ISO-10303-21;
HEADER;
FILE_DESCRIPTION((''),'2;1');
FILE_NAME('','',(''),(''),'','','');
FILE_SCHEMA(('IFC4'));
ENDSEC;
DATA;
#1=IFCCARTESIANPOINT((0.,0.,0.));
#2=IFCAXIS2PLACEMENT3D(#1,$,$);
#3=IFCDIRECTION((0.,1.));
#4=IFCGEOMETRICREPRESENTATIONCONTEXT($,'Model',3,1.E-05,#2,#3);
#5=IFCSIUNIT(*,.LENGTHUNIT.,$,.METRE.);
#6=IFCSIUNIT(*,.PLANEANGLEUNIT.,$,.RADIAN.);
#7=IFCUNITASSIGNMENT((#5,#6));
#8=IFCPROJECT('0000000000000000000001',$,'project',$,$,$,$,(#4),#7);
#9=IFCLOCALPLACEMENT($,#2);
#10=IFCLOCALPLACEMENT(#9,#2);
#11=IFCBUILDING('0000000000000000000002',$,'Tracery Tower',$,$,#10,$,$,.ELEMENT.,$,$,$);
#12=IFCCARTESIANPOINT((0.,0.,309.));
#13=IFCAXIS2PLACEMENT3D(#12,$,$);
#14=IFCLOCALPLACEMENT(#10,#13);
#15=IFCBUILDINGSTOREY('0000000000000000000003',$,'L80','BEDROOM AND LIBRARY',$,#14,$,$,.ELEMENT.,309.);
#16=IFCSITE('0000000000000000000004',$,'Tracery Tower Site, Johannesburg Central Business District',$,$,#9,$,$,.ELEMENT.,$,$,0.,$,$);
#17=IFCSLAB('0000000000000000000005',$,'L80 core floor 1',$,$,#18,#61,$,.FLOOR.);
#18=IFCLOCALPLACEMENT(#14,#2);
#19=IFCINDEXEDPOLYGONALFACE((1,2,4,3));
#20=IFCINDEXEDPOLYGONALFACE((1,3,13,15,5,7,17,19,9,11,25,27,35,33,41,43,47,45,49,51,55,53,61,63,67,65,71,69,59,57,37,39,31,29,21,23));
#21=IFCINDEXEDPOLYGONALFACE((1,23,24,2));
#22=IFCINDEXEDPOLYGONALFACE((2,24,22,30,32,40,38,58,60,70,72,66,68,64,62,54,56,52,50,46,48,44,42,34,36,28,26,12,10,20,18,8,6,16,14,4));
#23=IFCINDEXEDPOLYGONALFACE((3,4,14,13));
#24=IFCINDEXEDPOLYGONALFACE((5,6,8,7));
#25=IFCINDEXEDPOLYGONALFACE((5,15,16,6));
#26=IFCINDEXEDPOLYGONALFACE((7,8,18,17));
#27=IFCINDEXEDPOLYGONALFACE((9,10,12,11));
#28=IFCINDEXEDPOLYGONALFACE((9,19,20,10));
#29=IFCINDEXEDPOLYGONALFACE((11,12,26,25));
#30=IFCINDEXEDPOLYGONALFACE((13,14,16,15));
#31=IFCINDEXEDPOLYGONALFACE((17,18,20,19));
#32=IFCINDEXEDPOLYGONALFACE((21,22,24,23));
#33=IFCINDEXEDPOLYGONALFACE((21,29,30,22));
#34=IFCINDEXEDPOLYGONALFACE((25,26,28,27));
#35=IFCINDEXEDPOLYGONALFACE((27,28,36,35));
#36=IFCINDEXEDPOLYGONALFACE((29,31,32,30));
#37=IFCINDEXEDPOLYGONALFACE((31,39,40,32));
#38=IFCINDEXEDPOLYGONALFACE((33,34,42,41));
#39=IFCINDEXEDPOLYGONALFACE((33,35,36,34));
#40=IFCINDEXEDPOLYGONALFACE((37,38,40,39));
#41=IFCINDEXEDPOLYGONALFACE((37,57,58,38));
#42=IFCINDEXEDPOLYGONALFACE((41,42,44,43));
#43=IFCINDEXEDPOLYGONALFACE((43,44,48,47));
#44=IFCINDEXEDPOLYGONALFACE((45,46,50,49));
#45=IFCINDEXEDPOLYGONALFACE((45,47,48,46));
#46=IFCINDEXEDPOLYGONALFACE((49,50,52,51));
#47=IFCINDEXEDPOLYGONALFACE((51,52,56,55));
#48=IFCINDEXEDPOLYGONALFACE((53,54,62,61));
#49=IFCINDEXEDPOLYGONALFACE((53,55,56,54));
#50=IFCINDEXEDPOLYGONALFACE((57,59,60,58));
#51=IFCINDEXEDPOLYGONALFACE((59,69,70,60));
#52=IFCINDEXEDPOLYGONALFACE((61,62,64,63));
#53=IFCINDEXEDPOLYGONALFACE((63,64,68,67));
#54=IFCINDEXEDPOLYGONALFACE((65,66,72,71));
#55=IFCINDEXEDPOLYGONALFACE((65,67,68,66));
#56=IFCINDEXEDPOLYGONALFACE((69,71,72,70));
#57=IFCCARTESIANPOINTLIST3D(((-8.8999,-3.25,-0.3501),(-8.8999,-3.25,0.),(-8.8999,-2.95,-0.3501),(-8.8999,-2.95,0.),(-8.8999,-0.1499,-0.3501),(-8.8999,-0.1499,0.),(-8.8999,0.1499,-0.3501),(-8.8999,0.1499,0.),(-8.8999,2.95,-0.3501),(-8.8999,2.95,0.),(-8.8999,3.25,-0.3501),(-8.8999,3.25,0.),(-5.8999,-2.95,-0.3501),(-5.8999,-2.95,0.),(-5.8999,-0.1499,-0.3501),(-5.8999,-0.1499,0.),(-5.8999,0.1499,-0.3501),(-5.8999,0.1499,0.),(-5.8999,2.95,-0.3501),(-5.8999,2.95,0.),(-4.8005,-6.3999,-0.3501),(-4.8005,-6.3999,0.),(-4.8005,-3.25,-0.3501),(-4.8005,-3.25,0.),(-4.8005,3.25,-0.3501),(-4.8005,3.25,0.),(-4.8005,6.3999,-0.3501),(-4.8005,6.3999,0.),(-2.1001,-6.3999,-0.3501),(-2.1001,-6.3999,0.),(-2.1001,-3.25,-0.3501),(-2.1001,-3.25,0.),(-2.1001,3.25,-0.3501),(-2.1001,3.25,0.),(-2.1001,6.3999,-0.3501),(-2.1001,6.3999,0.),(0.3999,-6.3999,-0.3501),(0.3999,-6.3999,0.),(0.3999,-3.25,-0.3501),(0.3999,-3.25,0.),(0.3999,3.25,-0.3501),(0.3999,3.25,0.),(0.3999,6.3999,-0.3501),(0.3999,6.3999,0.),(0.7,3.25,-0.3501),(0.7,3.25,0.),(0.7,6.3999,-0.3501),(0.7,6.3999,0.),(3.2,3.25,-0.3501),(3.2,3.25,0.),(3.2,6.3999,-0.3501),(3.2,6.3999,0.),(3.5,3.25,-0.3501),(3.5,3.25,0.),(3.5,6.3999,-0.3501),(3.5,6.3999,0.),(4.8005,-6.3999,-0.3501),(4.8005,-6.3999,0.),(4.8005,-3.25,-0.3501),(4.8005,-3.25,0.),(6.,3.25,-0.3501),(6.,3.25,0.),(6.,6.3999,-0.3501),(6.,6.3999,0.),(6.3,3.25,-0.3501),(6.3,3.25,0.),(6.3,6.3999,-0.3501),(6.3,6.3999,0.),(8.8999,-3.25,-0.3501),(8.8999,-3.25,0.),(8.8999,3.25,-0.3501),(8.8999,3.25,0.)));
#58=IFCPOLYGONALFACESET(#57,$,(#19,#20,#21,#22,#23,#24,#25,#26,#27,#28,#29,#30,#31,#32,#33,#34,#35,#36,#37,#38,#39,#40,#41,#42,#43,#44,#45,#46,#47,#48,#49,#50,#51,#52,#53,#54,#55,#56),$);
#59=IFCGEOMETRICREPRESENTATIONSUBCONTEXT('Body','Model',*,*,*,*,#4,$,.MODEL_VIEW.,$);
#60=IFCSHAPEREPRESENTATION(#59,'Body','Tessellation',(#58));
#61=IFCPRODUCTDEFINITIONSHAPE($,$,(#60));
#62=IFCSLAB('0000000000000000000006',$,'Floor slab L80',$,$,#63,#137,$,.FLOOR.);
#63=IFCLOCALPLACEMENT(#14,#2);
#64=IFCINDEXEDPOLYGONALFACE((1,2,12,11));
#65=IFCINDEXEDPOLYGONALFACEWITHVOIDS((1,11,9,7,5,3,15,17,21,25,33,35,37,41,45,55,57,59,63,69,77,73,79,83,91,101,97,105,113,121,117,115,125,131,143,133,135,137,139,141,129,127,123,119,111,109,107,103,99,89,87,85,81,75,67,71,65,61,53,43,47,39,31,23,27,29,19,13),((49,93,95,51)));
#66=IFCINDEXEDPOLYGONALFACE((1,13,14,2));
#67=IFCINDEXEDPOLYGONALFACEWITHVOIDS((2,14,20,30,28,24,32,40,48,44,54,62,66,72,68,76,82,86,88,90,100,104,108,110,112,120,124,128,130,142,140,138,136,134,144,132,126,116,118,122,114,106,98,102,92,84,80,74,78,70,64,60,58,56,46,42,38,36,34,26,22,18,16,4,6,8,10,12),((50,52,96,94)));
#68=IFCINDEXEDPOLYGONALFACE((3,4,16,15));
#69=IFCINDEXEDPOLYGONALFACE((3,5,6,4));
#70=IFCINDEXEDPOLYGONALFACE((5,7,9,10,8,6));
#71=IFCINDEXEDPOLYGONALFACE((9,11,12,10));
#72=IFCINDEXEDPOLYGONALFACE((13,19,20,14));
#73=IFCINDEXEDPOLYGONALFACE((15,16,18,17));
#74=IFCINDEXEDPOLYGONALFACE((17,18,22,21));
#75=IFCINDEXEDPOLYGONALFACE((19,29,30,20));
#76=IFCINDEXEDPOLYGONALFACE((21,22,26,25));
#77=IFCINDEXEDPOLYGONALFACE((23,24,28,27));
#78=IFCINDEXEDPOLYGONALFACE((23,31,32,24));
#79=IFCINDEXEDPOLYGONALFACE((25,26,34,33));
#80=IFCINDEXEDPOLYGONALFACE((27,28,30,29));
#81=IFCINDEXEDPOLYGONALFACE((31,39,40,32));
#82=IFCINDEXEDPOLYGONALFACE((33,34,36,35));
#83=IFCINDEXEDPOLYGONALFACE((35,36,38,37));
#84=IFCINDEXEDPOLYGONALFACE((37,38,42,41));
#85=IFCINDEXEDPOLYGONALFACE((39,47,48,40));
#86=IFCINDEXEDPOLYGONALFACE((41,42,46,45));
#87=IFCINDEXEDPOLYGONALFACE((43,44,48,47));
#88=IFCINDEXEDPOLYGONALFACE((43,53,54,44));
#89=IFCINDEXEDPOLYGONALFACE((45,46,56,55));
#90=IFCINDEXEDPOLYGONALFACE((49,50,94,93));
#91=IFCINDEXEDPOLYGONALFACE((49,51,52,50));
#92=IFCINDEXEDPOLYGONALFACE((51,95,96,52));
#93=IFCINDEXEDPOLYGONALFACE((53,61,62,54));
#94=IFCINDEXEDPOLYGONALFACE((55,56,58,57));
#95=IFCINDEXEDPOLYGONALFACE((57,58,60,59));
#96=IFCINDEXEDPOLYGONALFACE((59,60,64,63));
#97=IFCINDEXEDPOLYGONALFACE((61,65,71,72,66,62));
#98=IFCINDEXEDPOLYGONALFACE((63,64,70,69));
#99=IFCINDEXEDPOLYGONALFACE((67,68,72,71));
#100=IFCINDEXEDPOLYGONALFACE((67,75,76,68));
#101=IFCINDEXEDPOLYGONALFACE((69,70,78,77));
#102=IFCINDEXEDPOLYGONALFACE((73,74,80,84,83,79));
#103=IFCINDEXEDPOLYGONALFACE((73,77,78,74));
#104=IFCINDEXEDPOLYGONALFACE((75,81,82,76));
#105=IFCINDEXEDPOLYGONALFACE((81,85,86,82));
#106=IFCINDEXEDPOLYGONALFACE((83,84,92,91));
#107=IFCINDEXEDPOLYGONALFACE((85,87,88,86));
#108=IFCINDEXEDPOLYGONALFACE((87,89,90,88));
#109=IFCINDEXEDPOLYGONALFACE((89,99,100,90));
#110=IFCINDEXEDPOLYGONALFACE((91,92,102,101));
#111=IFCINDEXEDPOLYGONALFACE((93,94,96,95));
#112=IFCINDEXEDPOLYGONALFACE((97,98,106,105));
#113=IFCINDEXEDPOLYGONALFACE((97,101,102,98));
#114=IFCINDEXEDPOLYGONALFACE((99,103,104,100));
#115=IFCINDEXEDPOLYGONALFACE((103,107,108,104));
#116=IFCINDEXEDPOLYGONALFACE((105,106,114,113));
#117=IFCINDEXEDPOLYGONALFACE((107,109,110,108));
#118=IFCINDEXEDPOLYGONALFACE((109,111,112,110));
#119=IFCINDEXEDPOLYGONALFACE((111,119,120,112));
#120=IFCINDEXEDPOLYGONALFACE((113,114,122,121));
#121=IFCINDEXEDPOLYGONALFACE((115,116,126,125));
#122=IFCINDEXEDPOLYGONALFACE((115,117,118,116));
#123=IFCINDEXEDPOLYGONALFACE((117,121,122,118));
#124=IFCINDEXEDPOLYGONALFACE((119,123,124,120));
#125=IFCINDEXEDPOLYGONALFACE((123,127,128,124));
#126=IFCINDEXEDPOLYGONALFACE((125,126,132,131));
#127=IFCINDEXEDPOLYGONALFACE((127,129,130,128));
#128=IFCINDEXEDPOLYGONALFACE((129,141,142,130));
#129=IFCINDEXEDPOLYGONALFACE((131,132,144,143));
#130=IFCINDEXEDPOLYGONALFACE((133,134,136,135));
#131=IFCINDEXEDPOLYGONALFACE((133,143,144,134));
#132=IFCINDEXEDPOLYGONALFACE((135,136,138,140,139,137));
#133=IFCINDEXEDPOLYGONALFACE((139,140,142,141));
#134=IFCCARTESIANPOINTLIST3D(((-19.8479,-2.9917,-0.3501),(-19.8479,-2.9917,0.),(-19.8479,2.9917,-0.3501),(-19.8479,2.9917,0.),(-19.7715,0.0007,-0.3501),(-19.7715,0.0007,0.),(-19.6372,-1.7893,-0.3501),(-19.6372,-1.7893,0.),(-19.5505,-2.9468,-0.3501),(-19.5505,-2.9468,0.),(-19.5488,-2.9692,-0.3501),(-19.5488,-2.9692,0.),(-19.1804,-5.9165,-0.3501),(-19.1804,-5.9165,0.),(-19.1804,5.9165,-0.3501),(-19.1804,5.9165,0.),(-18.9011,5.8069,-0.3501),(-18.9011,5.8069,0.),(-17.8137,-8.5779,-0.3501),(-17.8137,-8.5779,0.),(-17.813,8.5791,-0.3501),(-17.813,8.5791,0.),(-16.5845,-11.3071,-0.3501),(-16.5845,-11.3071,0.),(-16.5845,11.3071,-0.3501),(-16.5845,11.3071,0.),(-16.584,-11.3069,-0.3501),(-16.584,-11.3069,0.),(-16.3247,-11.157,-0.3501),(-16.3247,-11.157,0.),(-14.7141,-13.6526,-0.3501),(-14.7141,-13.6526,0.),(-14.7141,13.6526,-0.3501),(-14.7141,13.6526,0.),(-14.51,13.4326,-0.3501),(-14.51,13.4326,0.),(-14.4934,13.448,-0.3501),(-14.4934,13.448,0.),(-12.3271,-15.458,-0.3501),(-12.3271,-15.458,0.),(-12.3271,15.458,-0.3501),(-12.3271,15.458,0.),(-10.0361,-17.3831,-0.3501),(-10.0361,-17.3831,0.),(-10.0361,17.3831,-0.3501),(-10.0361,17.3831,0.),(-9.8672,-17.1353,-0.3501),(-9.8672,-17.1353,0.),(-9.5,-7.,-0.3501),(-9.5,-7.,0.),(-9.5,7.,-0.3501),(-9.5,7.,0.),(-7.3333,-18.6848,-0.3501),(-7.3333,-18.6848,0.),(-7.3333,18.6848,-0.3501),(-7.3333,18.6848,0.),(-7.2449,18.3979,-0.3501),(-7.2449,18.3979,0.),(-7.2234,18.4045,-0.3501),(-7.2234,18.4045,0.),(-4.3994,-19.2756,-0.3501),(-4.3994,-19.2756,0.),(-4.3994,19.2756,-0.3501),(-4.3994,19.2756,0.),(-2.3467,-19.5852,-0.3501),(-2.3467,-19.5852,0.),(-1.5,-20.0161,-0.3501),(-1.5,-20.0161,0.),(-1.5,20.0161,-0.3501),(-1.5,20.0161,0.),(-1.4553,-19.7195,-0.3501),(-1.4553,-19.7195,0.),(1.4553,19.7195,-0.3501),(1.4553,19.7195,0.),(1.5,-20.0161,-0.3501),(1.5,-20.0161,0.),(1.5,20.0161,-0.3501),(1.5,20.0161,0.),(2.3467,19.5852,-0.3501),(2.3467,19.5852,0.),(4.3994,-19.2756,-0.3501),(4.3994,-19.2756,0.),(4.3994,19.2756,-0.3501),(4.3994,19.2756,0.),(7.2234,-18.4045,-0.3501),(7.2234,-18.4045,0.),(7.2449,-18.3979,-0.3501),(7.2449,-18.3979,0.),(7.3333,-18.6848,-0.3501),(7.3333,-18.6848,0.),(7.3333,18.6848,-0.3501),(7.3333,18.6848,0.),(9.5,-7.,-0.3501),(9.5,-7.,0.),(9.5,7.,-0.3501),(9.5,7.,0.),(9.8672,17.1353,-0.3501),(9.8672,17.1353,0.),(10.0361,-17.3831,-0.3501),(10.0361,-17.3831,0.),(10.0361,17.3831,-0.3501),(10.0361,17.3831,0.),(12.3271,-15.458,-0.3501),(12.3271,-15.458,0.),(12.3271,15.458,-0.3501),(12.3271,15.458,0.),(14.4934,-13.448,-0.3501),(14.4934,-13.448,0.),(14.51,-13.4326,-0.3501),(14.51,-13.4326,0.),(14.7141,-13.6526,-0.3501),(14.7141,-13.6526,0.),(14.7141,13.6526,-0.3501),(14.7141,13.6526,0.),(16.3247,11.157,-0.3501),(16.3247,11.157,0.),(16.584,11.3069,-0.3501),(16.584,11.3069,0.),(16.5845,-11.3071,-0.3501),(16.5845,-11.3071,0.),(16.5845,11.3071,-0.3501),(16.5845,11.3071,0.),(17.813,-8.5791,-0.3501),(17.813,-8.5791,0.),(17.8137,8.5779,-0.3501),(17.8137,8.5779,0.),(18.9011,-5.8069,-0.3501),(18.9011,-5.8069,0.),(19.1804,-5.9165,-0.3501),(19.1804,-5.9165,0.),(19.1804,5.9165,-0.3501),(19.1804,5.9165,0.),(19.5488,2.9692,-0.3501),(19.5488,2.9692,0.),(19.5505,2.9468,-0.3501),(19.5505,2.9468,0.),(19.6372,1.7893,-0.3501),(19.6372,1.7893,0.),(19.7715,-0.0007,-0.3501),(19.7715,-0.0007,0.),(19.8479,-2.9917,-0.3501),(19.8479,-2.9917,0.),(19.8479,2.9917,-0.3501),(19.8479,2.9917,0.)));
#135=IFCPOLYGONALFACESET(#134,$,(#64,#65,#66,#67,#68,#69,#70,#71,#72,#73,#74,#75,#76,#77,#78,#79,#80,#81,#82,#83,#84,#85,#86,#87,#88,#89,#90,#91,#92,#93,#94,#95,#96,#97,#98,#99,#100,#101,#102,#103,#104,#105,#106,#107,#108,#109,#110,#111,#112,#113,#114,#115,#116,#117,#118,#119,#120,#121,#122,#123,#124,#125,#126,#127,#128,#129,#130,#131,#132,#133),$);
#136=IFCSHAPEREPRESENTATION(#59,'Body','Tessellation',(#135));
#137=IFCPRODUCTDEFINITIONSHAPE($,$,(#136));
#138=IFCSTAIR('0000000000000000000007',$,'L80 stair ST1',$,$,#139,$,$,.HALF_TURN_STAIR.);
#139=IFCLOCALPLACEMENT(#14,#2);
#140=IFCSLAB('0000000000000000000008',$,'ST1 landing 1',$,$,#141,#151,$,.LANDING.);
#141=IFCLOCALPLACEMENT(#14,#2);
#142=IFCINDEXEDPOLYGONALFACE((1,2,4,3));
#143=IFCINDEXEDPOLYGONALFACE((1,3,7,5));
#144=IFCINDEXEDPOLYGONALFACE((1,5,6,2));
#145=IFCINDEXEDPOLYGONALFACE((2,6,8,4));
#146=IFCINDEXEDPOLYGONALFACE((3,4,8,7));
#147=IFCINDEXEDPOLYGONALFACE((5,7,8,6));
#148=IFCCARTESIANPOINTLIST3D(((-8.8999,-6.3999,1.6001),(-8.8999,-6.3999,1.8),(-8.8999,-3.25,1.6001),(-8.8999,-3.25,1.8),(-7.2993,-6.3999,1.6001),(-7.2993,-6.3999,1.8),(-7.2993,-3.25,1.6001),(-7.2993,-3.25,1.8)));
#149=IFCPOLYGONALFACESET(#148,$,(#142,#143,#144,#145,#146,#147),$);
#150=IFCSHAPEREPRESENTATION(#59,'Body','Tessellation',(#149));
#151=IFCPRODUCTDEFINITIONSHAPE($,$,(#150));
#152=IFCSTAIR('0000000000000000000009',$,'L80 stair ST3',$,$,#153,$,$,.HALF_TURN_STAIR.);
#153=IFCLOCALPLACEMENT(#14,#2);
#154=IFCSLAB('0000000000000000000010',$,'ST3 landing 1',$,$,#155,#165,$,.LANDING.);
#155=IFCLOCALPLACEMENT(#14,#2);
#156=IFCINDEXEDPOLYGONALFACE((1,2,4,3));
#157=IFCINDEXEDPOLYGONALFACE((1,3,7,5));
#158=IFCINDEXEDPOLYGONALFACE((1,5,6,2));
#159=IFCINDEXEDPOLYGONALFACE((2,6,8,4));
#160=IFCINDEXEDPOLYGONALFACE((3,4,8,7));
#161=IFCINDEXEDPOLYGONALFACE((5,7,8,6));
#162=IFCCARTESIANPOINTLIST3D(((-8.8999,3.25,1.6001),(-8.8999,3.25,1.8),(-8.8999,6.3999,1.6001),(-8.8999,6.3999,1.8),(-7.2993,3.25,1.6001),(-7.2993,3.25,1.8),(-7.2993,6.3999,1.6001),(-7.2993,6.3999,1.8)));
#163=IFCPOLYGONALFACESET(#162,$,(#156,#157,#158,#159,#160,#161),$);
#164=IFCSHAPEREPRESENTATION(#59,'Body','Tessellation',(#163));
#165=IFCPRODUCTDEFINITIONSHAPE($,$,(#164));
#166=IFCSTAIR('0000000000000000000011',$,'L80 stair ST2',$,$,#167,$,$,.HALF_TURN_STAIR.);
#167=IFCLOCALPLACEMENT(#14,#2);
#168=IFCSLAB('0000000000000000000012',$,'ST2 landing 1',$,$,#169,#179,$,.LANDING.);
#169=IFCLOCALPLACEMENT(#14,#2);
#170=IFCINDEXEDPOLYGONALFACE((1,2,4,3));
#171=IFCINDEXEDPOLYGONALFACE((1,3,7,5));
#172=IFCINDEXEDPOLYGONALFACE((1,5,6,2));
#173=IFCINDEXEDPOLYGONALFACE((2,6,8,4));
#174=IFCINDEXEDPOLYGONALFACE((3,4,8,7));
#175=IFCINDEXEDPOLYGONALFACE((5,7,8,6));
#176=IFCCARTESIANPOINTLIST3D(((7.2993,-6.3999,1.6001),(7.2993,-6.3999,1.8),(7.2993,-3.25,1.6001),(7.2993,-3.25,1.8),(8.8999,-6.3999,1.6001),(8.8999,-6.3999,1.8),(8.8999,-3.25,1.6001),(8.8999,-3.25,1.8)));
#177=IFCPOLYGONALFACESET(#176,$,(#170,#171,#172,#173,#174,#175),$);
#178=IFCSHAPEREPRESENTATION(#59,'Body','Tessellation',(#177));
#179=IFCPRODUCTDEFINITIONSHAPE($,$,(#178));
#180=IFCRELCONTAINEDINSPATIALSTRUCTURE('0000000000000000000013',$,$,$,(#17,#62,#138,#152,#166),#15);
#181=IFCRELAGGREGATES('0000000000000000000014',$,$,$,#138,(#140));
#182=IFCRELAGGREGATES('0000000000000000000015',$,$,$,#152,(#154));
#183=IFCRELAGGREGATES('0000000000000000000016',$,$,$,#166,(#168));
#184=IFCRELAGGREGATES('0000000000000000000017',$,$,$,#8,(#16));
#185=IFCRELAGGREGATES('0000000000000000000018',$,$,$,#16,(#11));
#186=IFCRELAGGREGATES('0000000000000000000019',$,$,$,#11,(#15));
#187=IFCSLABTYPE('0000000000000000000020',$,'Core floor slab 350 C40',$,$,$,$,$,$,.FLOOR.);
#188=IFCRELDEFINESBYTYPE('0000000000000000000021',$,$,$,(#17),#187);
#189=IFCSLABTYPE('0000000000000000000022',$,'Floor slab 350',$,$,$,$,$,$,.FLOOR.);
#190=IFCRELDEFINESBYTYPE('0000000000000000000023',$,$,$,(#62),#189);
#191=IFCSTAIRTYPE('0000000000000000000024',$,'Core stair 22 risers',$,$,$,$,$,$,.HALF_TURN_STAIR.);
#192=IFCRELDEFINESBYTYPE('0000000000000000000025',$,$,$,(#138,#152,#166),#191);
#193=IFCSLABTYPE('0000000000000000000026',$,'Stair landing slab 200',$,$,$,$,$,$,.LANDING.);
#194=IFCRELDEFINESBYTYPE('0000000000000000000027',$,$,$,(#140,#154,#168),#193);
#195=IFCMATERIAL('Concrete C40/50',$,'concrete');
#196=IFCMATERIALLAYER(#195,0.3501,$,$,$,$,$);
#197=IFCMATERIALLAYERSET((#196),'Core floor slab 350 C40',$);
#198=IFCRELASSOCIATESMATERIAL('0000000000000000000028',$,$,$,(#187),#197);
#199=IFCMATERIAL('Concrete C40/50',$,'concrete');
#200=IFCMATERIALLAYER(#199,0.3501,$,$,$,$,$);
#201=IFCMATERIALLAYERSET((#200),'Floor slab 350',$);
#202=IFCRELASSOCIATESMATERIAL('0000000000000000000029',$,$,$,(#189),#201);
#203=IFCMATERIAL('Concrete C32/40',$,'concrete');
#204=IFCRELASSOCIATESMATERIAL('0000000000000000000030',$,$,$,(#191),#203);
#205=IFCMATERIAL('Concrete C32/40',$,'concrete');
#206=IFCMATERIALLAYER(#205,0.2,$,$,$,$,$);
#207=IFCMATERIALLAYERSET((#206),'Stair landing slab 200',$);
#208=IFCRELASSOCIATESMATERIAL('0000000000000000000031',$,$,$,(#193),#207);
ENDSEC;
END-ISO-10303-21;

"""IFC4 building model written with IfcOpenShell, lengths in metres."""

from ifc_helpers import new_model, si_unit, direction, frame, origin, place, context, subcontext, project, spatial, polyline, outline, extrude, material, layer, layer_set, type_object, element, aggregate, save


model = new_model("IFC4")

# Units and contexts
model_context = context("Model", 3, precision=1e-05, world=origin(), true_north=direction((0.0, 1.0)))
body_context = subcontext(model_context, "Body", "Model", "MODEL_VIEW")
ifc_project = project(units=[si_unit("LENGTHUNIT", "METRE"), si_unit("PLANEANGLEUNIT", "RADIAN")], contexts=[model_context])

# Site, building, storey
site_placement = place(None, origin())
site = spatial("IfcSite", under=ifc_project, at=site_placement, Name="Tracery Tower Site, Johannesburg Central Business District", CompositionType="ELEMENT", RefElevation=0.0)
building_placement = place(site_placement, origin())
building = spatial("IfcBuilding", under=site, at=building_placement, Name="Tracery Tower", CompositionType="ELEMENT")
storey_placement = place(building_placement, frame((0.0, 0.0, 309.0)))
storey = spatial("IfcBuildingStorey", under=building, at=storey_placement, Name="L80", Description="BEDROOM AND LIBRARY", CompositionType="ELEMENT", Elevation=309.0)

# Slabs
ifc_material_1 = material(Name="Concrete C40/50", Category="concrete")
ifc_layer_1 = layer(ifc_material_1, 0.3501)
ifc_layer_set_1 = layer_set([ifc_layer_1], Name="Core floor slab 350 C40")
slab_type_1 = type_object("IfcSlabType", Name="Core floor slab 350 C40", PredefinedType="FLOOR", material=ifc_layer_set_1)
slab_1_placement = place(storey_placement, frame((0.0, 0.0, -0.3501)))
element("IfcSlab", 1, at=slab_1_placement, inside=storey, type_object=slab_type_1, Name="L80 core floor 1", PredefinedType="FLOOR", context=body_context, shape_type="SweptSolid", body=[
    extrude(outline(polyline([(-4.8005, -3.25), (-8.8999, -3.25), (-8.8999, -2.95), (-5.8999, -2.95), (-5.8999, -0.1499), (-8.8999, -0.1499), (-8.8999, 0.1499), (-5.8999, 0.1499), (-5.8999, 2.95), (-8.8999, 2.95), (-8.8999, 3.25), (-4.8005, 3.25), (-4.8005, 6.3999), (-2.1001, 6.3999), (-2.1001, 3.25), (0.3999, 3.25), (0.3999, 6.3999), (0.7, 6.3999), (0.7, 3.25), (3.2, 3.25), (3.2, 6.3999), (3.5, 6.3999), (3.5, 3.25), (6.0, 3.25), (6.0, 6.3999), (6.3, 6.3999), (6.3, 3.25), (8.8999, 3.25), (8.8999, -3.25), (4.8005, -3.25), (4.8005, -6.3999), (0.3999, -6.3999), (0.3999, -3.25), (-2.1001, -3.25), (-2.1001, -6.3999), (-4.8005, -6.3999), (-4.8005, -3.25)])), origin(), (0.0, 0.0, 1.0), 0.3501),
])
ifc_material_2 = material(Name="Concrete C40/50", Category="concrete")
ifc_layer_2 = layer(ifc_material_2, 0.3501)
ifc_layer_set_2 = layer_set([ifc_layer_2], Name="Floor slab 350")
slab_type_2 = type_object("IfcSlabType", Name="Floor slab 350", PredefinedType="FLOOR", material=ifc_layer_set_2)
slab_2_placement = place(storey_placement, frame((0.0, 0.0, -0.3501)))
element("IfcSlab", 2, at=slab_2_placement, inside=storey, type_object=slab_type_2, Name="Floor slab L80", PredefinedType="FLOOR", context=body_context, shape_type="SweptSolid", body=[
    extrude(outline(polyline([(19.5505, 2.9468), (19.5488, 2.9692), (19.8479, 2.9917), (19.1804, 5.9165), (17.8137, 8.5779), (16.3247, 11.157), (16.584, 11.3069), (16.5845, 11.3071), (14.7141, 13.6526), (12.3271, 15.458), (9.8672, 17.1353), (10.0361, 17.3831), (7.3333, 18.6848), (4.3994, 19.2756), (2.3467, 19.5852), (1.4553, 19.7195), (1.5, 20.0161), (1.5, 20.0161), (-1.5, 20.0161), (-4.3994, 19.2756), (-7.2234, 18.4045), (-7.2234, 18.4045), (-7.2449, 18.3979), (-7.3333, 18.6848), (-10.0361, 17.3831), (-12.3271, 15.458), (-14.4934, 13.448), (-14.4934, 13.448), (-14.51, 13.4326), (-14.7141, 13.6526), (-14.7141, 13.6526), (-16.5845, 11.3071), (-17.813, 8.5791), (-18.9011, 5.8069), (-19.1804, 5.9165), (-19.8479, 2.9917), (-19.7715, 0.0007), (-19.6372, -1.7893), (-19.5505, -2.9468), (-19.5505, -2.9468), (-19.5488, -2.9692), (-19.8479, -2.9917), (-19.1804, -5.9165), (-17.8137, -8.5779), (-16.3247, -11.157), (-16.584, -11.3069), (-16.5845, -11.3071), (-14.7141, -13.6526), (-12.3271, -15.458), (-9.8672, -17.1353), (-10.0361, -17.3831), (-7.3333, -18.6848), (-4.3994, -19.2756), (-2.3467, -19.5852), (-1.4553, -19.7195), (-1.5, -20.0161), (-1.5, -20.0161), (1.5, -20.0161), (4.3994, -19.2756), (7.2234, -18.4045), (7.2234, -18.4045), (7.2449, -18.3979), (7.3333, -18.6848), (10.0361, -17.3831), (12.3271, -15.458), (14.4934, -13.448), (14.4934, -13.448), (14.51, -13.4326), (14.7141, -13.6526), (14.7141, -13.6526), (16.5845, -11.3071), (17.813, -8.5791), (18.9011, -5.8069), (19.1804, -5.9165), (19.8479, -2.9917), (19.7715, -0.0007), (19.6372, 1.7893), (19.5505, 2.9468), (19.5505, 2.9468)]), holes=[polyline([(-9.5, -7.0), (9.5, -7.0), (9.5, 7.0), (-9.5, 7.0), (-9.5, -7.0)])]), origin(), (0.0, 0.0, 1.0), 0.3501),
])

# Stairs, slabs
ifc_material_3 = material(Name="Concrete C32/40", Category="concrete")
stair_type = type_object("IfcStairType", Name="Core stair 22 risers", PredefinedType="HALF_TURN_STAIR", material=ifc_material_3)
stair_1_placement = place(storey_placement, origin())
stair_1 = element("IfcStair", 3, at=stair_1_placement, inside=storey, type_object=stair_type, Name="L80 stair ST1", PredefinedType="HALF_TURN_STAIR")
ifc_material_4 = material(Name="Concrete C32/40", Category="concrete")
ifc_layer_3 = layer(ifc_material_4, 0.2)
ifc_layer_set_3 = layer_set([ifc_layer_3], Name="Stair landing slab 200")
slab_type_3 = type_object("IfcSlabType", Name="Stair landing slab 200", PredefinedType="LANDING", material=ifc_layer_set_3)
slab_3_placement = place(storey_placement, frame((0.0, 0.0, 1.6001)))
slab_3 = element("IfcSlab", 4, at=slab_3_placement, type_object=slab_type_3, Name="ST1 landing 1", PredefinedType="LANDING", context=body_context, shape_type="SweptSolid", body=[
    extrude(outline(polyline([(-7.2993, -3.25), (-8.8999, -3.25), (-8.8999, -6.3999), (-7.2993, -6.3999), (-7.2993, -3.25)])), origin(), (0.0, 0.0, 1.0), 0.2),
])
aggregate(stair_1, [slab_3])
stair_2_placement = place(storey_placement, origin())
stair_2 = element("IfcStair", 5, at=stair_2_placement, inside=storey, type_object=stair_type, Name="L80 stair ST3", PredefinedType="HALF_TURN_STAIR")
slab_4_placement = place(storey_placement, frame((0.0, 0.0, 1.6001)))
slab_4 = element("IfcSlab", 6, at=slab_4_placement, type_object=slab_type_3, Name="ST3 landing 1", PredefinedType="LANDING", context=body_context, shape_type="SweptSolid", body=[
    extrude(outline(polyline([(-7.2993, 6.3999), (-8.8999, 6.3999), (-8.8999, 3.25), (-7.2993, 3.25), (-7.2993, 6.3999)])), origin(), (0.0, 0.0, 1.0), 0.2),
])
aggregate(stair_2, [slab_4])
stair_3_placement = place(storey_placement, origin())
stair_3 = element("IfcStair", 7, at=stair_3_placement, inside=storey, type_object=stair_type, Name="L80 stair ST2", PredefinedType="HALF_TURN_STAIR")
slab_5_placement = place(storey_placement, frame((0.0, 0.0, 1.6001)))
slab_5 = element("IfcSlab", 8, at=slab_5_placement, type_object=slab_type_3, Name="ST2 landing 1", PredefinedType="LANDING", context=body_context, shape_type="SweptSolid", body=[
    extrude(outline(polyline([(7.2993, -6.3999), (8.8999, -6.3999), (8.8999, -3.25), (7.2993, -3.25), (7.2993, -6.3999)])), origin(), (0.0, 0.0, 1.0), 0.2),
])

aggregate(stair_3, [slab_5])

save(model, "model.ifc")
